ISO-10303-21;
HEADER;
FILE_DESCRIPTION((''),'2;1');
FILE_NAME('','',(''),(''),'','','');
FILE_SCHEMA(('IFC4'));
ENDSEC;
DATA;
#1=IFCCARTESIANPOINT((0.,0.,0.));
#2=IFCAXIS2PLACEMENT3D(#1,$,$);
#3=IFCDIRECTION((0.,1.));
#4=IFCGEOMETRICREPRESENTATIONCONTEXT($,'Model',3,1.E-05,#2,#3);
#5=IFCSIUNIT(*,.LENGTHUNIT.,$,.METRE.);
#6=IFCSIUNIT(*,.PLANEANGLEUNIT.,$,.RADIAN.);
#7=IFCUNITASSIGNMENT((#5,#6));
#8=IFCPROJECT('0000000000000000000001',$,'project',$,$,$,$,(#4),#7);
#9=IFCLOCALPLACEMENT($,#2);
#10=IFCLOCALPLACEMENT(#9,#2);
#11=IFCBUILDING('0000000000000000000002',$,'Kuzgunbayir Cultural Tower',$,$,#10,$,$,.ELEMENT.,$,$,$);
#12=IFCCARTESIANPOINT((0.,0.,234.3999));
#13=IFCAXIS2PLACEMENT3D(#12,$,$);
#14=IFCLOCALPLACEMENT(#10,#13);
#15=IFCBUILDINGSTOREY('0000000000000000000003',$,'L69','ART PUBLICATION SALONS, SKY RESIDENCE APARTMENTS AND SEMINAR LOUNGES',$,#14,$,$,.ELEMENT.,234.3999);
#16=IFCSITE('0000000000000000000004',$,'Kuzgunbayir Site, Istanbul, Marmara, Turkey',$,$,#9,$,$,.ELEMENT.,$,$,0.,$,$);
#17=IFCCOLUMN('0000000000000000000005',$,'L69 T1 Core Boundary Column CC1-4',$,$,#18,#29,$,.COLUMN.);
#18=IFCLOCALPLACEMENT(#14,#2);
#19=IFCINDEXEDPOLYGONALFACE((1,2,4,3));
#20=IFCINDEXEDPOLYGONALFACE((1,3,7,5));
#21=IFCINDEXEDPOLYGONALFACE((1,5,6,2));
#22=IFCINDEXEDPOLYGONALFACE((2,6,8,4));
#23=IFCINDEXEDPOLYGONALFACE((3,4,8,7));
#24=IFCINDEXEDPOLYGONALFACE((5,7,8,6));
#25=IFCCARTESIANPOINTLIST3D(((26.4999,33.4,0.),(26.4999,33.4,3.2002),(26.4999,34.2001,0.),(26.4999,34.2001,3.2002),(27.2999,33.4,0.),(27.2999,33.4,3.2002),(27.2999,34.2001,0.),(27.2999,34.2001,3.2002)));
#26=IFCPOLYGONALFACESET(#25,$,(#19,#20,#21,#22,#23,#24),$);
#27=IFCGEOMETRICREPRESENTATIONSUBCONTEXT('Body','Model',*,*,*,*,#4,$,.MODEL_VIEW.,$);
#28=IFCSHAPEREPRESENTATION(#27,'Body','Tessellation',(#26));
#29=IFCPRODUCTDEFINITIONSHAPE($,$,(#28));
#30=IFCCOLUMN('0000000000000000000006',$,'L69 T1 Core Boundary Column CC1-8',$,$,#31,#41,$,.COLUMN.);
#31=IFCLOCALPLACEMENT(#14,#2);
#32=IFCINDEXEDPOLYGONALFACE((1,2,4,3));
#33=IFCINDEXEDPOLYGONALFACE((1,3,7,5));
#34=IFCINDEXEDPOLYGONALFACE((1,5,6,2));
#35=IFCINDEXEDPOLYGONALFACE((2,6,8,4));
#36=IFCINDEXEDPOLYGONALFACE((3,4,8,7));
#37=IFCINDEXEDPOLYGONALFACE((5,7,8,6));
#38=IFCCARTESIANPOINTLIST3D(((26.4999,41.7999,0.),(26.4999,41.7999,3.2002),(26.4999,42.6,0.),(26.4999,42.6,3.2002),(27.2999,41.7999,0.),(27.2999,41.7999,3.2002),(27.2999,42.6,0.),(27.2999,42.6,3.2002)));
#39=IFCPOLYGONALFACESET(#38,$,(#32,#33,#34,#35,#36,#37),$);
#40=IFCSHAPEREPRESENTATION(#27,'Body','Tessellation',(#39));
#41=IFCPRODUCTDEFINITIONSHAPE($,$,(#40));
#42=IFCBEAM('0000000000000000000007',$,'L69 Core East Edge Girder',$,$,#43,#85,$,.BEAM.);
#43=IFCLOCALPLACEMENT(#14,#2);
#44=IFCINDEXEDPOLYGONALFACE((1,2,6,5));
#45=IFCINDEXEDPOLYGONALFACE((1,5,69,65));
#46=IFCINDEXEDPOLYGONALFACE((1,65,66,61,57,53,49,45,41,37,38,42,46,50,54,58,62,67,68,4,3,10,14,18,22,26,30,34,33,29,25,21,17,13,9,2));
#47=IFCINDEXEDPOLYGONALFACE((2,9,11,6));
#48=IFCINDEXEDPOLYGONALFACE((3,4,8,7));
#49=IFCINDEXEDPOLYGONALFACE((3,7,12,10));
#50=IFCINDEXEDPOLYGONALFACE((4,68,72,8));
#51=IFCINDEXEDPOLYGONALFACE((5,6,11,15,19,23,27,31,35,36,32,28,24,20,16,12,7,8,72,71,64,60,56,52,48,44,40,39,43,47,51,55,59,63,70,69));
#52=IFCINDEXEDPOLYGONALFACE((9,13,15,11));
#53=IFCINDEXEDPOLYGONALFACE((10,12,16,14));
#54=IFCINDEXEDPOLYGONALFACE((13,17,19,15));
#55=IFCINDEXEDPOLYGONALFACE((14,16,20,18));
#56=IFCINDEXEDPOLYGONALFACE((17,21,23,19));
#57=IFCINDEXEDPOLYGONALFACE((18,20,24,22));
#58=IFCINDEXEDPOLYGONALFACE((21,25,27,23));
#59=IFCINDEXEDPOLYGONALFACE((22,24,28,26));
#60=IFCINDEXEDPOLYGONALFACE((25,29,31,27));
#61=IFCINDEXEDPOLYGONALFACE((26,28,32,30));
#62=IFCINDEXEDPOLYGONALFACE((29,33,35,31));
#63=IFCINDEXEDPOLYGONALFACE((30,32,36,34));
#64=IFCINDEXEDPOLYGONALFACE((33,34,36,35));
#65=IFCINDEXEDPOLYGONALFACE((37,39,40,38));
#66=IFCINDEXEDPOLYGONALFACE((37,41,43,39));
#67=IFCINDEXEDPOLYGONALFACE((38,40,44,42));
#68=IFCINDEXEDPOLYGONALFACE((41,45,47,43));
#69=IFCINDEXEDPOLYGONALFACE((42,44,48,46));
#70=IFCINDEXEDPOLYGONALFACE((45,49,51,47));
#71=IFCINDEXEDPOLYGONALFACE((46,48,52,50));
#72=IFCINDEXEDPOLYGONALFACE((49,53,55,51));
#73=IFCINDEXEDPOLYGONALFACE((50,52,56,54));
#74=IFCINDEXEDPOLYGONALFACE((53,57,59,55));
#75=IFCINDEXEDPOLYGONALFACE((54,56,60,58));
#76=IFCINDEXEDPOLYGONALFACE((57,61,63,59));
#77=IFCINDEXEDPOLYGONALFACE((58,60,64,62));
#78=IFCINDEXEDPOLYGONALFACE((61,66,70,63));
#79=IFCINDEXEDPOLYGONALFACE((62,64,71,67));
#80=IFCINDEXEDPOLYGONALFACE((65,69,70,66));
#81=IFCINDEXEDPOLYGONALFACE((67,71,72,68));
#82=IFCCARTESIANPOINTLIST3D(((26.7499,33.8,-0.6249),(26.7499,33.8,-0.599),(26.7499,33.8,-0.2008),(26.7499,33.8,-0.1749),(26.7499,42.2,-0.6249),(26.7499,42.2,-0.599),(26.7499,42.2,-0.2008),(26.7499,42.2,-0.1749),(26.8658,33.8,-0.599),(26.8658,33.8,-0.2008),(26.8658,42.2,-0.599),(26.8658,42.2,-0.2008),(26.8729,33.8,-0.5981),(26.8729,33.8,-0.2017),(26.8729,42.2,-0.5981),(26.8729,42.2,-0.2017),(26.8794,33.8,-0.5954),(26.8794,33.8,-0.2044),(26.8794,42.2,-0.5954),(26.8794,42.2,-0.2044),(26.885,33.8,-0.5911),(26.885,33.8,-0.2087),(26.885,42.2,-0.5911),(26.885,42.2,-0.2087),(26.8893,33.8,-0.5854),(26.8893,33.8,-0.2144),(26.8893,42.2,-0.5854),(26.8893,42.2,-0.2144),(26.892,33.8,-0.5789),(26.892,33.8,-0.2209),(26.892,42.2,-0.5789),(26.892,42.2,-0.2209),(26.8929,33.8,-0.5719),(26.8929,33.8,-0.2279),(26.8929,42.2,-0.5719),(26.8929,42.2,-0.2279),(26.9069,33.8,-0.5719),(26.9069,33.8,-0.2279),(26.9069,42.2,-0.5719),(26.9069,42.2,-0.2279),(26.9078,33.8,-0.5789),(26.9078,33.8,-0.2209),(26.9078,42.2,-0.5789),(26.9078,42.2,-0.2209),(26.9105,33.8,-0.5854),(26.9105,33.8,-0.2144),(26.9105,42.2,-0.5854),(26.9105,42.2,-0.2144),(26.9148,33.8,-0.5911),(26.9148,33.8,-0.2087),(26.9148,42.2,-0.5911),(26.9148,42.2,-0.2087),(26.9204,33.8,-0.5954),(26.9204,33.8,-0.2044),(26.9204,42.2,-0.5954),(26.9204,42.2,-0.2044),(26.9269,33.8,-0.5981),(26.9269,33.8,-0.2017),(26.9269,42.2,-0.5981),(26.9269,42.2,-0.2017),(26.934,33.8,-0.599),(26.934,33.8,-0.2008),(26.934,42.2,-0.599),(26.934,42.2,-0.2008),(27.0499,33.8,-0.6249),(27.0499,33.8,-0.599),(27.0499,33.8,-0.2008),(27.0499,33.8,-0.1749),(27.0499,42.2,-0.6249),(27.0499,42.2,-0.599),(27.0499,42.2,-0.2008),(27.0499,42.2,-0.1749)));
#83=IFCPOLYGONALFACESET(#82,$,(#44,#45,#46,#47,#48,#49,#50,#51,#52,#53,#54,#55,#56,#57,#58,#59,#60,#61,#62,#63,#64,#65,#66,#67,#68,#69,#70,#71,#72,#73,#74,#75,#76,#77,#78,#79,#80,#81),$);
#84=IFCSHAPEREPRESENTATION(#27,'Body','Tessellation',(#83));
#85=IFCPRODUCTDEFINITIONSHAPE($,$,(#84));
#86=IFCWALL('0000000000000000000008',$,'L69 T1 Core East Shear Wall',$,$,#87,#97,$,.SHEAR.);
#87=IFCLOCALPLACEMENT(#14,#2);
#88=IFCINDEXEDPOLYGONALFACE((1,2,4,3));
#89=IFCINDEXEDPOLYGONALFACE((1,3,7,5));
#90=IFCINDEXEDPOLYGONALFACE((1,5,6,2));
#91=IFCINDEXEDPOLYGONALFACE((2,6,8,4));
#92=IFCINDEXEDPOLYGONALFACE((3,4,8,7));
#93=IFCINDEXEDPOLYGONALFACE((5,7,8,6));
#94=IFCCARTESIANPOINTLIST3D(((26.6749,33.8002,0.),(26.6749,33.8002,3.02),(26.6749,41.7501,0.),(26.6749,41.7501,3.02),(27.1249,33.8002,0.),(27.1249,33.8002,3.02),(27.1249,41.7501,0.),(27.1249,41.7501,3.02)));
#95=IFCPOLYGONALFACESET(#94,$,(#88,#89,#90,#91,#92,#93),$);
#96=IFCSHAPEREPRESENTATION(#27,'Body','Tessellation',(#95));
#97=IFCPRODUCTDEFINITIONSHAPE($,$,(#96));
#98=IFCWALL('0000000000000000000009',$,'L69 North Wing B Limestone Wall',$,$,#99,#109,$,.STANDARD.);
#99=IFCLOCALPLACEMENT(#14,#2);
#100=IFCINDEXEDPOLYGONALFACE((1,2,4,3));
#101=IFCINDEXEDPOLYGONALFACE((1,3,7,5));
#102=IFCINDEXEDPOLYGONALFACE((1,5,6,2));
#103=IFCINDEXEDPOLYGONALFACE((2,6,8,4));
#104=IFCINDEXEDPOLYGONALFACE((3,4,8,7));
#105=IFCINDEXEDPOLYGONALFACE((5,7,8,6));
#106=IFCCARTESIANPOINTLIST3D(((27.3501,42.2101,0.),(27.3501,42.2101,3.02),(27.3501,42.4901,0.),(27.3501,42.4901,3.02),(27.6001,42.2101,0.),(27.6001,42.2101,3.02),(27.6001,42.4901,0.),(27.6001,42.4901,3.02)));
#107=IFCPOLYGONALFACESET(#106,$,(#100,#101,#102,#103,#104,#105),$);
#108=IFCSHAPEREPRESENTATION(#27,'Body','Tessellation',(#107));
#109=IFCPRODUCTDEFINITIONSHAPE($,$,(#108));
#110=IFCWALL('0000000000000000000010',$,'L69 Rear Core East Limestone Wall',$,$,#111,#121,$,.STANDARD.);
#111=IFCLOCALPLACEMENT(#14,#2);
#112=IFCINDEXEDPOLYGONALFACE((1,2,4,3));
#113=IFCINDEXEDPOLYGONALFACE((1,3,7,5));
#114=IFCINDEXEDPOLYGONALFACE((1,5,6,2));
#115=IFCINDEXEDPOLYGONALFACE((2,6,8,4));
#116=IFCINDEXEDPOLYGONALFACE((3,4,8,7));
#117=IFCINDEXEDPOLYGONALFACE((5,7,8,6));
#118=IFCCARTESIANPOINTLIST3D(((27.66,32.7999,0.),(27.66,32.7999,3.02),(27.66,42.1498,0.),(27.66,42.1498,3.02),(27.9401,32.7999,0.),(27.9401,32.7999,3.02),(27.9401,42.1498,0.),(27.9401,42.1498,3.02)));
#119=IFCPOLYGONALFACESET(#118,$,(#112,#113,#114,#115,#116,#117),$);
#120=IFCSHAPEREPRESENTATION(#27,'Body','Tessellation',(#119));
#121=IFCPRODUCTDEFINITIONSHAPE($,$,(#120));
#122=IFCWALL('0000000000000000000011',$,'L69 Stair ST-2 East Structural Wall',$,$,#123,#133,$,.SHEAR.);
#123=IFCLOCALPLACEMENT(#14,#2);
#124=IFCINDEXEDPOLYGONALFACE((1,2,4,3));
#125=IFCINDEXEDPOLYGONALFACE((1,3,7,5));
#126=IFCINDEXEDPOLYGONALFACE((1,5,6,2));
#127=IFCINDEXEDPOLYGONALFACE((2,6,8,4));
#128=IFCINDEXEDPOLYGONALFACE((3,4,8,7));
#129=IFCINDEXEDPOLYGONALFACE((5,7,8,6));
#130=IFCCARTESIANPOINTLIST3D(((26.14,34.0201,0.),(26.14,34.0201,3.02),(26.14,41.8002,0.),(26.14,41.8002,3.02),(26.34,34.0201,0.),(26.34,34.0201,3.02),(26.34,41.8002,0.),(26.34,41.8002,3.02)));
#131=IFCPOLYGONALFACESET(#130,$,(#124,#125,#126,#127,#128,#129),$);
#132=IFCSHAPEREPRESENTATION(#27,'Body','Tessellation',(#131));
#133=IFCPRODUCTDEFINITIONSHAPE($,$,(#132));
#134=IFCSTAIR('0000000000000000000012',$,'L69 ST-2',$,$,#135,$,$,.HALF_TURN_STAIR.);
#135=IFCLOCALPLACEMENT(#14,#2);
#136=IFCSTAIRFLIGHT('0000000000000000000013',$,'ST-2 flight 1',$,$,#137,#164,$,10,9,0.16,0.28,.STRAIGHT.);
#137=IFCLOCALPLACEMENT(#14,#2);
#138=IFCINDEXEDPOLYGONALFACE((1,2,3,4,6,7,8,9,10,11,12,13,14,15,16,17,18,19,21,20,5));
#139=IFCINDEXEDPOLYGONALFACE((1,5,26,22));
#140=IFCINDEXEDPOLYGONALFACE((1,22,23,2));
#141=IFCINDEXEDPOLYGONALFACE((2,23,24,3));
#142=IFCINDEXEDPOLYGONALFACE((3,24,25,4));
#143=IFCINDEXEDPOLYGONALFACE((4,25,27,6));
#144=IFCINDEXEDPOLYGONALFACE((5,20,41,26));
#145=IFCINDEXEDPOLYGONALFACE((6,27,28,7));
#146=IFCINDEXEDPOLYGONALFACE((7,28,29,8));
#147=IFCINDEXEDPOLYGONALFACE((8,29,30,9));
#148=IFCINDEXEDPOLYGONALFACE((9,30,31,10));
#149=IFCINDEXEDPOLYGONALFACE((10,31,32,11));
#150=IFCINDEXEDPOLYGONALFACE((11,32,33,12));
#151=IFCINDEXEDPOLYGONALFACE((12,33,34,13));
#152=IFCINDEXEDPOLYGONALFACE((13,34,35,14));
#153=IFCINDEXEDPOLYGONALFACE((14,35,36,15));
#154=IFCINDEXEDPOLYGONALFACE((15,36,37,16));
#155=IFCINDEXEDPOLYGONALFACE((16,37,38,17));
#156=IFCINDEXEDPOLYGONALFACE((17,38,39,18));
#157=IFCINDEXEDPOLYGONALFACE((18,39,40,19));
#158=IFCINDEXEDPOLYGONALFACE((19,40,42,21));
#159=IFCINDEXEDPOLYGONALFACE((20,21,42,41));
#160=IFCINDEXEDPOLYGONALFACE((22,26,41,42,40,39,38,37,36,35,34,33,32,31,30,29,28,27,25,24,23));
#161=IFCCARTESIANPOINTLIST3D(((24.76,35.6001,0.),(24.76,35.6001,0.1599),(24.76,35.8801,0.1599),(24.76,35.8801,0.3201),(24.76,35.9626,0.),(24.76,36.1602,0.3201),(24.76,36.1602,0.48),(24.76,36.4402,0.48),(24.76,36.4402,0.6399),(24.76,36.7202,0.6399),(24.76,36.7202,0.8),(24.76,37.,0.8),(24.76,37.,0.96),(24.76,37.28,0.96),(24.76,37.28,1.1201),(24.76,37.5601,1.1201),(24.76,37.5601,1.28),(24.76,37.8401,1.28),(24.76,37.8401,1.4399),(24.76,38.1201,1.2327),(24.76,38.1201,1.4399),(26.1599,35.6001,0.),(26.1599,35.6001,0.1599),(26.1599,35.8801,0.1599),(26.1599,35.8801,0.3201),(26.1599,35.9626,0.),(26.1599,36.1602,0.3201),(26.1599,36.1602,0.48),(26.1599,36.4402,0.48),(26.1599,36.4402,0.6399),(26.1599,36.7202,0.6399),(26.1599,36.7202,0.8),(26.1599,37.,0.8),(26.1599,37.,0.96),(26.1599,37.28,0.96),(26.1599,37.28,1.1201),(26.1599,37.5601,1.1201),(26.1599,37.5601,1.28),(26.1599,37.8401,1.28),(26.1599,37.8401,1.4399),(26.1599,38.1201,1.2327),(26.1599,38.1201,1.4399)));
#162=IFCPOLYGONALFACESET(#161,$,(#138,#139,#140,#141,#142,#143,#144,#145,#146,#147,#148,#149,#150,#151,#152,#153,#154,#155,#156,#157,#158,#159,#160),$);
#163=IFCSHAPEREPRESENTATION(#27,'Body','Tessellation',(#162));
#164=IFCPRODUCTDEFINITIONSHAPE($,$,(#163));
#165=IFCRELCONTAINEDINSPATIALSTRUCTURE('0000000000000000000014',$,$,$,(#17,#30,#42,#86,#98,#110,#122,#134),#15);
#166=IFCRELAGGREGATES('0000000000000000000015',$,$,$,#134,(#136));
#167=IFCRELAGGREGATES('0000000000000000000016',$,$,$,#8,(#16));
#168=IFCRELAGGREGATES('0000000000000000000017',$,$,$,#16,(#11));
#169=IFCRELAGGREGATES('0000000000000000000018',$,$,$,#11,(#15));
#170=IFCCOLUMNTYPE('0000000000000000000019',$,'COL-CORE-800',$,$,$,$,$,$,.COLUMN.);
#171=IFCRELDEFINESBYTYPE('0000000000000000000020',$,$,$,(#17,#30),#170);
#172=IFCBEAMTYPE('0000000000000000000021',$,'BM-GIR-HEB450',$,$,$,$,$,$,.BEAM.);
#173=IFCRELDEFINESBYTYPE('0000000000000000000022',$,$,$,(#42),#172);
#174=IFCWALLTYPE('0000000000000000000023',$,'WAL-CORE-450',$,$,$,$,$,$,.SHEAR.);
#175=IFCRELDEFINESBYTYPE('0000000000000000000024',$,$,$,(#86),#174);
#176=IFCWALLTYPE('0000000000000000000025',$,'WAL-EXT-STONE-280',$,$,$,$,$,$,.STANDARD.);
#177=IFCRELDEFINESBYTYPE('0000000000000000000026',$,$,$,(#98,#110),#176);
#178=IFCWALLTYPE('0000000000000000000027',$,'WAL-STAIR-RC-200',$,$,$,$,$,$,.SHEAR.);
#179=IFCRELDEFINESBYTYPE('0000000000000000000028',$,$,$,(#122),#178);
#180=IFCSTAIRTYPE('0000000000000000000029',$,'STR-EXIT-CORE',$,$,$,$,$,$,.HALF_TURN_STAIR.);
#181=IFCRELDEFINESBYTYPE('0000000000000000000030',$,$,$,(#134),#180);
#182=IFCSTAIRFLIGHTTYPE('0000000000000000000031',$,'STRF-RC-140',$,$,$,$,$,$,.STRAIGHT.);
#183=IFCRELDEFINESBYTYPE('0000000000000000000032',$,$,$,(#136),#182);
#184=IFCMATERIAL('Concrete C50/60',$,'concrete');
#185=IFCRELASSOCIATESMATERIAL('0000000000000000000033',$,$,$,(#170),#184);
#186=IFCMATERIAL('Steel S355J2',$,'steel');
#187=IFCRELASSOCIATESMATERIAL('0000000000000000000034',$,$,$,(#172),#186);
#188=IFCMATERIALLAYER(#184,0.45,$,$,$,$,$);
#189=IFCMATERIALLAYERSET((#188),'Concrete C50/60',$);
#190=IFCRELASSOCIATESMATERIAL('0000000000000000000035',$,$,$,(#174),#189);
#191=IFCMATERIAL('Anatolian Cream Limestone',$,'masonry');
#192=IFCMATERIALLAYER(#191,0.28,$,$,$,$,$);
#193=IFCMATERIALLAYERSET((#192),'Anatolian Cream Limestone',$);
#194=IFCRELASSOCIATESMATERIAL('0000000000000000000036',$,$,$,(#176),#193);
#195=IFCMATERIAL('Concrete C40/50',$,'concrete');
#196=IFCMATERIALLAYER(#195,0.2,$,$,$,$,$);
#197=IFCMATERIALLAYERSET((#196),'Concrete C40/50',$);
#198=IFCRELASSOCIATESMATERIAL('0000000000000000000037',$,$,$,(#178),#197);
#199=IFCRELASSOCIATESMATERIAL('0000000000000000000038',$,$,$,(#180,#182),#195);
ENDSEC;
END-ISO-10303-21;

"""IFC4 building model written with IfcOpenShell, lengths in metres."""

from ifc_helpers import new_model, si_unit, direction, frame, frame_2d, origin, origin_2d, place, context, subcontext, project, spatial, polyline, rectangle, i_section, outline, extrude, material, layer, layer_set, material_profile, profile_set, type_object, element, aggregate, save


model = new_model("IFC4")

# Units and contexts
model_context = context("Model", 3, precision=1e-05, world=origin(), true_north=direction((0.0, 1.0)))
body_context = subcontext(model_context, "Body", "Model", "MODEL_VIEW")
ifc_project = project(units=[si_unit("LENGTHUNIT", "METRE"), si_unit("PLANEANGLEUNIT", "RADIAN")], contexts=[model_context])

# Site, building, storey
site_placement = place(None, origin())
site = spatial("IfcSite", under=ifc_project, at=site_placement, Name="Kuzgunbayir Site, Istanbul, Marmara, Turkey", CompositionType="ELEMENT", RefElevation=0.0)
building_placement = place(site_placement, origin())
building = spatial("IfcBuilding", under=site, at=building_placement, Name="Kuzgunbayir Cultural Tower", CompositionType="ELEMENT")
storey_placement = place(building_placement, frame((0.0, 0.0, 234.3999)))
storey = spatial("IfcBuildingStorey", under=building, at=storey_placement, Name="L69", Description="ART PUBLICATION SALONS, SKY RESIDENCE APARTMENTS AND SEMINAR LOUNGES", CompositionType="ELEMENT", Elevation=234.3999)

# Columns
ifc_material_1 = material(Name="Concrete C50/60", Category="concrete")
ifc_material_profile_1 = material_profile(ifc_material_1, rectangle(XDim=0.8, YDim=0.8, at=origin_2d()), Name="RC 800x800")
ifc_profile_set_1 = profile_set([ifc_material_profile_1], Name="Concrete C50/60")
column_type = type_object("IfcColumnType", Name="COL-CORE-800", PredefinedType="COLUMN", material=ifc_profile_set_1)
for number, where, z_axis, x_axis, name in (
    (1, (26.8999, 33.8, 0.0), (0.0, 0.0, 1.0), (1.0, 0.0, 0.0), "L69 T1 Core Boundary Column CC1-4"),
    (2, (26.8999, 42.2, 0.0), (0.0, 0.0, 1.0), (1.0, 0.0, 0.0), "L69 T1 Core Boundary Column CC1-8"),
):
    element("IfcColumn", number, at=place(storey_placement, frame(where, z_axis=z_axis, x_axis=x_axis)), inside=storey, type_object=column_type, Name=name, PredefinedType="COLUMN", context=body_context, shape_type="SweptSolid", body=[
        extrude(rectangle(XDim=0.8, YDim=0.8, at=origin_2d()), origin(), (0.0, 0.0, 1.0), 3.2002),
    ])

# Beam
ifc_material_2 = material(Name="Steel S355J2", Category="steel")
ifc_material_profile_2 = material_profile(ifc_material_2, i_section(OverallWidth=0.3, OverallDepth=0.45, WebThickness=0.0139, FlangeThickness=0.0259, FilletRadius=0.0271, at=origin_2d()), Name="HEB 450")
ifc_profile_set_2 = profile_set([ifc_material_profile_2], Name="Steel S355J2")
beam_type = type_object("IfcBeamType", Name="BM-GIR-HEB450", PredefinedType="BEAM", material=ifc_profile_set_2)
beam_placement = place(storey_placement, frame((26.8999, 33.8, -0.3999), z_axis=(0.0, 1.0, 0.0), x_axis=(-1.0, 0.0, 0.0)))
element("IfcBeam", 3, at=beam_placement, inside=storey, type_object=beam_type, Name="L69 Core East Edge Girder", PredefinedType="BEAM", context=body_context, shape_type="SweptSolid", body=[
    extrude(i_section(OverallWidth=0.3, OverallDepth=0.45, WebThickness=0.0139, FlangeThickness=0.0259, FilletRadius=0.0271, at=origin_2d()), origin(), (0.0, 0.0, 1.0), 8.3999),
])

# Walls
ifc_layer_1 = layer(ifc_material_1, 0.45)
ifc_layer_set_1 = layer_set([ifc_layer_1], Name="Concrete C50/60")
wall_type_1 = type_object("IfcWallType", Name="WAL-CORE-450", PredefinedType="SHEAR", material=ifc_layer_set_1)
wall_1_placement = place(storey_placement, frame((26.8999, 33.8, 0.0), z_axis=(0.0, 0.0, 1.0), x_axis=(0.0, 1.0, 0.0)))
element("IfcWall", 4, at=wall_1_placement, inside=storey, type_object=wall_type_1, Name="L69 T1 Core East Shear Wall", PredefinedType="SHEAR", context=body_context, shape_type="SweptSolid", body=[
    extrude(rectangle(XDim=7.95, YDim=0.45, at=frame_2d((3.9751, 0.0))), origin(), (0.0, 0.0, 1.0), 3.02),
])
ifc_material_3 = material(Name="Anatolian Cream Limestone", Category="masonry")
ifc_layer_2 = layer(ifc_material_3, 0.28)
ifc_layer_set_2 = layer_set([ifc_layer_2], Name="Anatolian Cream Limestone")
wall_type_2 = type_object("IfcWallType", Name="WAL-EXT-STONE-280", PredefinedType="STANDARD", material=ifc_layer_set_2)
wall_2_placement = place(storey_placement, frame((27.6001, 42.3501, 0.0), z_axis=(0.0, 0.0, 1.0), x_axis=(-1.0, 0.0, 0.0)))
element("IfcWall", 5, at=wall_2_placement, inside=storey, type_object=wall_type_2, Name="L69 North Wing B Limestone Wall", PredefinedType="STANDARD", context=body_context, shape_type="SweptSolid", body=[
    extrude(rectangle(XDim=0.25, YDim=0.28, at=frame_2d((0.125, 0.0))), origin(), (0.0, 0.0, 1.0), 3.02),
])
wall_3_placement = place(storey_placement, frame((27.8, 32.8, 0.0), z_axis=(0.0, 0.0, 1.0), x_axis=(0.0, 1.0, 0.0)))
element("IfcWall", 6, at=wall_3_placement, inside=storey, type_object=wall_type_2, Name="L69 Rear Core East Limestone Wall", PredefinedType="STANDARD", context=body_context, shape_type="SweptSolid", body=[
    extrude(rectangle(XDim=9.3499, YDim=0.28, at=frame_2d((4.6748, 0.0))), origin(), (0.0, 0.0, 1.0), 3.02),
])
ifc_material_4 = material(Name="Concrete C40/50", Category="concrete")
ifc_layer_3 = layer(ifc_material_4, 0.2)
ifc_layer_set_3 = layer_set([ifc_layer_3], Name="Concrete C40/50")
wall_type_3 = type_object("IfcWallType", Name="WAL-STAIR-RC-200", PredefinedType="SHEAR", material=ifc_layer_set_3)
wall_4_placement = place(storey_placement, frame((26.24, 34.02, 0.0), z_axis=(0.0, 0.0, 1.0), x_axis=(0.0, 1.0, 0.0)))
element("IfcWall", 7, at=wall_4_placement, inside=storey, type_object=wall_type_3, Name="L69 Stair ST-2 East Structural Wall", PredefinedType="SHEAR", context=body_context, shape_type="SweptSolid", body=[
    extrude(rectangle(XDim=7.78, YDim=0.2, at=frame_2d((3.8901, 0.0))), origin(), (0.0, 0.0, 1.0), 3.02),
])

# Stair, stair flight
stair_type = type_object("IfcStairType", Name="STR-EXIT-CORE", PredefinedType="HALF_TURN_STAIR", material=ifc_material_4)
stair_placement = place(storey_placement, origin())
stair = element("IfcStair", 8, at=stair_placement, inside=storey, type_object=stair_type, Name="L69 ST-2", PredefinedType="HALF_TURN_STAIR")
stair_flight_type = type_object("IfcStairFlightType", Name="STRF-RC-140", PredefinedType="STRAIGHT", material=ifc_material_4)
stair_flight_1_placement = place(storey_placement, frame((25.46, 35.6001, 0.0), z_axis=(0.0, 0.0, 1.0), x_axis=(0.0, 1.0, 0.0)))
stair_flight_1 = element("IfcStairFlight", 9, at=stair_flight_1_placement, type_object=stair_flight_type, Name="ST-2 flight 1", NumberOfRisers=10, NumberOfTreads=9, PredefinedType="STRAIGHT", RiserHeight=0.16, TreadLength=0.28, context=body_context, shape_type="SweptSolid", body=[
    extrude(outline(polyline([(0.0, 0.0), (0.0, 0.1599), (0.28, 0.1599), (0.28, 0.3201), (0.5601, 0.3201), (0.5601, 0.48), (0.8401, 0.48), (0.8401, 0.6399), (1.1201, 0.6399), (1.1201, 0.8), (1.3999, 0.8), (1.3999, 0.96), (1.6799, 0.96), (1.6799, 1.1201), (1.96, 1.1201), (1.96, 1.28), (2.24, 1.28), (2.24, 1.4399), (2.52, 1.4399), (2.52, 1.6001), (2.52, 1.2327), (0.3625, 0.0), (0.0, 0.0)])), frame((0.0, 0.7, 0.0), z_axis=(0.0, -1.0, 0.0), x_axis=(1.0, 0.0, 0.0)), (0.0, 0.0, 1.0), 1.3999),
])
aggregate(stair, [stair_flight_1])

save(model, "model.ifc")
